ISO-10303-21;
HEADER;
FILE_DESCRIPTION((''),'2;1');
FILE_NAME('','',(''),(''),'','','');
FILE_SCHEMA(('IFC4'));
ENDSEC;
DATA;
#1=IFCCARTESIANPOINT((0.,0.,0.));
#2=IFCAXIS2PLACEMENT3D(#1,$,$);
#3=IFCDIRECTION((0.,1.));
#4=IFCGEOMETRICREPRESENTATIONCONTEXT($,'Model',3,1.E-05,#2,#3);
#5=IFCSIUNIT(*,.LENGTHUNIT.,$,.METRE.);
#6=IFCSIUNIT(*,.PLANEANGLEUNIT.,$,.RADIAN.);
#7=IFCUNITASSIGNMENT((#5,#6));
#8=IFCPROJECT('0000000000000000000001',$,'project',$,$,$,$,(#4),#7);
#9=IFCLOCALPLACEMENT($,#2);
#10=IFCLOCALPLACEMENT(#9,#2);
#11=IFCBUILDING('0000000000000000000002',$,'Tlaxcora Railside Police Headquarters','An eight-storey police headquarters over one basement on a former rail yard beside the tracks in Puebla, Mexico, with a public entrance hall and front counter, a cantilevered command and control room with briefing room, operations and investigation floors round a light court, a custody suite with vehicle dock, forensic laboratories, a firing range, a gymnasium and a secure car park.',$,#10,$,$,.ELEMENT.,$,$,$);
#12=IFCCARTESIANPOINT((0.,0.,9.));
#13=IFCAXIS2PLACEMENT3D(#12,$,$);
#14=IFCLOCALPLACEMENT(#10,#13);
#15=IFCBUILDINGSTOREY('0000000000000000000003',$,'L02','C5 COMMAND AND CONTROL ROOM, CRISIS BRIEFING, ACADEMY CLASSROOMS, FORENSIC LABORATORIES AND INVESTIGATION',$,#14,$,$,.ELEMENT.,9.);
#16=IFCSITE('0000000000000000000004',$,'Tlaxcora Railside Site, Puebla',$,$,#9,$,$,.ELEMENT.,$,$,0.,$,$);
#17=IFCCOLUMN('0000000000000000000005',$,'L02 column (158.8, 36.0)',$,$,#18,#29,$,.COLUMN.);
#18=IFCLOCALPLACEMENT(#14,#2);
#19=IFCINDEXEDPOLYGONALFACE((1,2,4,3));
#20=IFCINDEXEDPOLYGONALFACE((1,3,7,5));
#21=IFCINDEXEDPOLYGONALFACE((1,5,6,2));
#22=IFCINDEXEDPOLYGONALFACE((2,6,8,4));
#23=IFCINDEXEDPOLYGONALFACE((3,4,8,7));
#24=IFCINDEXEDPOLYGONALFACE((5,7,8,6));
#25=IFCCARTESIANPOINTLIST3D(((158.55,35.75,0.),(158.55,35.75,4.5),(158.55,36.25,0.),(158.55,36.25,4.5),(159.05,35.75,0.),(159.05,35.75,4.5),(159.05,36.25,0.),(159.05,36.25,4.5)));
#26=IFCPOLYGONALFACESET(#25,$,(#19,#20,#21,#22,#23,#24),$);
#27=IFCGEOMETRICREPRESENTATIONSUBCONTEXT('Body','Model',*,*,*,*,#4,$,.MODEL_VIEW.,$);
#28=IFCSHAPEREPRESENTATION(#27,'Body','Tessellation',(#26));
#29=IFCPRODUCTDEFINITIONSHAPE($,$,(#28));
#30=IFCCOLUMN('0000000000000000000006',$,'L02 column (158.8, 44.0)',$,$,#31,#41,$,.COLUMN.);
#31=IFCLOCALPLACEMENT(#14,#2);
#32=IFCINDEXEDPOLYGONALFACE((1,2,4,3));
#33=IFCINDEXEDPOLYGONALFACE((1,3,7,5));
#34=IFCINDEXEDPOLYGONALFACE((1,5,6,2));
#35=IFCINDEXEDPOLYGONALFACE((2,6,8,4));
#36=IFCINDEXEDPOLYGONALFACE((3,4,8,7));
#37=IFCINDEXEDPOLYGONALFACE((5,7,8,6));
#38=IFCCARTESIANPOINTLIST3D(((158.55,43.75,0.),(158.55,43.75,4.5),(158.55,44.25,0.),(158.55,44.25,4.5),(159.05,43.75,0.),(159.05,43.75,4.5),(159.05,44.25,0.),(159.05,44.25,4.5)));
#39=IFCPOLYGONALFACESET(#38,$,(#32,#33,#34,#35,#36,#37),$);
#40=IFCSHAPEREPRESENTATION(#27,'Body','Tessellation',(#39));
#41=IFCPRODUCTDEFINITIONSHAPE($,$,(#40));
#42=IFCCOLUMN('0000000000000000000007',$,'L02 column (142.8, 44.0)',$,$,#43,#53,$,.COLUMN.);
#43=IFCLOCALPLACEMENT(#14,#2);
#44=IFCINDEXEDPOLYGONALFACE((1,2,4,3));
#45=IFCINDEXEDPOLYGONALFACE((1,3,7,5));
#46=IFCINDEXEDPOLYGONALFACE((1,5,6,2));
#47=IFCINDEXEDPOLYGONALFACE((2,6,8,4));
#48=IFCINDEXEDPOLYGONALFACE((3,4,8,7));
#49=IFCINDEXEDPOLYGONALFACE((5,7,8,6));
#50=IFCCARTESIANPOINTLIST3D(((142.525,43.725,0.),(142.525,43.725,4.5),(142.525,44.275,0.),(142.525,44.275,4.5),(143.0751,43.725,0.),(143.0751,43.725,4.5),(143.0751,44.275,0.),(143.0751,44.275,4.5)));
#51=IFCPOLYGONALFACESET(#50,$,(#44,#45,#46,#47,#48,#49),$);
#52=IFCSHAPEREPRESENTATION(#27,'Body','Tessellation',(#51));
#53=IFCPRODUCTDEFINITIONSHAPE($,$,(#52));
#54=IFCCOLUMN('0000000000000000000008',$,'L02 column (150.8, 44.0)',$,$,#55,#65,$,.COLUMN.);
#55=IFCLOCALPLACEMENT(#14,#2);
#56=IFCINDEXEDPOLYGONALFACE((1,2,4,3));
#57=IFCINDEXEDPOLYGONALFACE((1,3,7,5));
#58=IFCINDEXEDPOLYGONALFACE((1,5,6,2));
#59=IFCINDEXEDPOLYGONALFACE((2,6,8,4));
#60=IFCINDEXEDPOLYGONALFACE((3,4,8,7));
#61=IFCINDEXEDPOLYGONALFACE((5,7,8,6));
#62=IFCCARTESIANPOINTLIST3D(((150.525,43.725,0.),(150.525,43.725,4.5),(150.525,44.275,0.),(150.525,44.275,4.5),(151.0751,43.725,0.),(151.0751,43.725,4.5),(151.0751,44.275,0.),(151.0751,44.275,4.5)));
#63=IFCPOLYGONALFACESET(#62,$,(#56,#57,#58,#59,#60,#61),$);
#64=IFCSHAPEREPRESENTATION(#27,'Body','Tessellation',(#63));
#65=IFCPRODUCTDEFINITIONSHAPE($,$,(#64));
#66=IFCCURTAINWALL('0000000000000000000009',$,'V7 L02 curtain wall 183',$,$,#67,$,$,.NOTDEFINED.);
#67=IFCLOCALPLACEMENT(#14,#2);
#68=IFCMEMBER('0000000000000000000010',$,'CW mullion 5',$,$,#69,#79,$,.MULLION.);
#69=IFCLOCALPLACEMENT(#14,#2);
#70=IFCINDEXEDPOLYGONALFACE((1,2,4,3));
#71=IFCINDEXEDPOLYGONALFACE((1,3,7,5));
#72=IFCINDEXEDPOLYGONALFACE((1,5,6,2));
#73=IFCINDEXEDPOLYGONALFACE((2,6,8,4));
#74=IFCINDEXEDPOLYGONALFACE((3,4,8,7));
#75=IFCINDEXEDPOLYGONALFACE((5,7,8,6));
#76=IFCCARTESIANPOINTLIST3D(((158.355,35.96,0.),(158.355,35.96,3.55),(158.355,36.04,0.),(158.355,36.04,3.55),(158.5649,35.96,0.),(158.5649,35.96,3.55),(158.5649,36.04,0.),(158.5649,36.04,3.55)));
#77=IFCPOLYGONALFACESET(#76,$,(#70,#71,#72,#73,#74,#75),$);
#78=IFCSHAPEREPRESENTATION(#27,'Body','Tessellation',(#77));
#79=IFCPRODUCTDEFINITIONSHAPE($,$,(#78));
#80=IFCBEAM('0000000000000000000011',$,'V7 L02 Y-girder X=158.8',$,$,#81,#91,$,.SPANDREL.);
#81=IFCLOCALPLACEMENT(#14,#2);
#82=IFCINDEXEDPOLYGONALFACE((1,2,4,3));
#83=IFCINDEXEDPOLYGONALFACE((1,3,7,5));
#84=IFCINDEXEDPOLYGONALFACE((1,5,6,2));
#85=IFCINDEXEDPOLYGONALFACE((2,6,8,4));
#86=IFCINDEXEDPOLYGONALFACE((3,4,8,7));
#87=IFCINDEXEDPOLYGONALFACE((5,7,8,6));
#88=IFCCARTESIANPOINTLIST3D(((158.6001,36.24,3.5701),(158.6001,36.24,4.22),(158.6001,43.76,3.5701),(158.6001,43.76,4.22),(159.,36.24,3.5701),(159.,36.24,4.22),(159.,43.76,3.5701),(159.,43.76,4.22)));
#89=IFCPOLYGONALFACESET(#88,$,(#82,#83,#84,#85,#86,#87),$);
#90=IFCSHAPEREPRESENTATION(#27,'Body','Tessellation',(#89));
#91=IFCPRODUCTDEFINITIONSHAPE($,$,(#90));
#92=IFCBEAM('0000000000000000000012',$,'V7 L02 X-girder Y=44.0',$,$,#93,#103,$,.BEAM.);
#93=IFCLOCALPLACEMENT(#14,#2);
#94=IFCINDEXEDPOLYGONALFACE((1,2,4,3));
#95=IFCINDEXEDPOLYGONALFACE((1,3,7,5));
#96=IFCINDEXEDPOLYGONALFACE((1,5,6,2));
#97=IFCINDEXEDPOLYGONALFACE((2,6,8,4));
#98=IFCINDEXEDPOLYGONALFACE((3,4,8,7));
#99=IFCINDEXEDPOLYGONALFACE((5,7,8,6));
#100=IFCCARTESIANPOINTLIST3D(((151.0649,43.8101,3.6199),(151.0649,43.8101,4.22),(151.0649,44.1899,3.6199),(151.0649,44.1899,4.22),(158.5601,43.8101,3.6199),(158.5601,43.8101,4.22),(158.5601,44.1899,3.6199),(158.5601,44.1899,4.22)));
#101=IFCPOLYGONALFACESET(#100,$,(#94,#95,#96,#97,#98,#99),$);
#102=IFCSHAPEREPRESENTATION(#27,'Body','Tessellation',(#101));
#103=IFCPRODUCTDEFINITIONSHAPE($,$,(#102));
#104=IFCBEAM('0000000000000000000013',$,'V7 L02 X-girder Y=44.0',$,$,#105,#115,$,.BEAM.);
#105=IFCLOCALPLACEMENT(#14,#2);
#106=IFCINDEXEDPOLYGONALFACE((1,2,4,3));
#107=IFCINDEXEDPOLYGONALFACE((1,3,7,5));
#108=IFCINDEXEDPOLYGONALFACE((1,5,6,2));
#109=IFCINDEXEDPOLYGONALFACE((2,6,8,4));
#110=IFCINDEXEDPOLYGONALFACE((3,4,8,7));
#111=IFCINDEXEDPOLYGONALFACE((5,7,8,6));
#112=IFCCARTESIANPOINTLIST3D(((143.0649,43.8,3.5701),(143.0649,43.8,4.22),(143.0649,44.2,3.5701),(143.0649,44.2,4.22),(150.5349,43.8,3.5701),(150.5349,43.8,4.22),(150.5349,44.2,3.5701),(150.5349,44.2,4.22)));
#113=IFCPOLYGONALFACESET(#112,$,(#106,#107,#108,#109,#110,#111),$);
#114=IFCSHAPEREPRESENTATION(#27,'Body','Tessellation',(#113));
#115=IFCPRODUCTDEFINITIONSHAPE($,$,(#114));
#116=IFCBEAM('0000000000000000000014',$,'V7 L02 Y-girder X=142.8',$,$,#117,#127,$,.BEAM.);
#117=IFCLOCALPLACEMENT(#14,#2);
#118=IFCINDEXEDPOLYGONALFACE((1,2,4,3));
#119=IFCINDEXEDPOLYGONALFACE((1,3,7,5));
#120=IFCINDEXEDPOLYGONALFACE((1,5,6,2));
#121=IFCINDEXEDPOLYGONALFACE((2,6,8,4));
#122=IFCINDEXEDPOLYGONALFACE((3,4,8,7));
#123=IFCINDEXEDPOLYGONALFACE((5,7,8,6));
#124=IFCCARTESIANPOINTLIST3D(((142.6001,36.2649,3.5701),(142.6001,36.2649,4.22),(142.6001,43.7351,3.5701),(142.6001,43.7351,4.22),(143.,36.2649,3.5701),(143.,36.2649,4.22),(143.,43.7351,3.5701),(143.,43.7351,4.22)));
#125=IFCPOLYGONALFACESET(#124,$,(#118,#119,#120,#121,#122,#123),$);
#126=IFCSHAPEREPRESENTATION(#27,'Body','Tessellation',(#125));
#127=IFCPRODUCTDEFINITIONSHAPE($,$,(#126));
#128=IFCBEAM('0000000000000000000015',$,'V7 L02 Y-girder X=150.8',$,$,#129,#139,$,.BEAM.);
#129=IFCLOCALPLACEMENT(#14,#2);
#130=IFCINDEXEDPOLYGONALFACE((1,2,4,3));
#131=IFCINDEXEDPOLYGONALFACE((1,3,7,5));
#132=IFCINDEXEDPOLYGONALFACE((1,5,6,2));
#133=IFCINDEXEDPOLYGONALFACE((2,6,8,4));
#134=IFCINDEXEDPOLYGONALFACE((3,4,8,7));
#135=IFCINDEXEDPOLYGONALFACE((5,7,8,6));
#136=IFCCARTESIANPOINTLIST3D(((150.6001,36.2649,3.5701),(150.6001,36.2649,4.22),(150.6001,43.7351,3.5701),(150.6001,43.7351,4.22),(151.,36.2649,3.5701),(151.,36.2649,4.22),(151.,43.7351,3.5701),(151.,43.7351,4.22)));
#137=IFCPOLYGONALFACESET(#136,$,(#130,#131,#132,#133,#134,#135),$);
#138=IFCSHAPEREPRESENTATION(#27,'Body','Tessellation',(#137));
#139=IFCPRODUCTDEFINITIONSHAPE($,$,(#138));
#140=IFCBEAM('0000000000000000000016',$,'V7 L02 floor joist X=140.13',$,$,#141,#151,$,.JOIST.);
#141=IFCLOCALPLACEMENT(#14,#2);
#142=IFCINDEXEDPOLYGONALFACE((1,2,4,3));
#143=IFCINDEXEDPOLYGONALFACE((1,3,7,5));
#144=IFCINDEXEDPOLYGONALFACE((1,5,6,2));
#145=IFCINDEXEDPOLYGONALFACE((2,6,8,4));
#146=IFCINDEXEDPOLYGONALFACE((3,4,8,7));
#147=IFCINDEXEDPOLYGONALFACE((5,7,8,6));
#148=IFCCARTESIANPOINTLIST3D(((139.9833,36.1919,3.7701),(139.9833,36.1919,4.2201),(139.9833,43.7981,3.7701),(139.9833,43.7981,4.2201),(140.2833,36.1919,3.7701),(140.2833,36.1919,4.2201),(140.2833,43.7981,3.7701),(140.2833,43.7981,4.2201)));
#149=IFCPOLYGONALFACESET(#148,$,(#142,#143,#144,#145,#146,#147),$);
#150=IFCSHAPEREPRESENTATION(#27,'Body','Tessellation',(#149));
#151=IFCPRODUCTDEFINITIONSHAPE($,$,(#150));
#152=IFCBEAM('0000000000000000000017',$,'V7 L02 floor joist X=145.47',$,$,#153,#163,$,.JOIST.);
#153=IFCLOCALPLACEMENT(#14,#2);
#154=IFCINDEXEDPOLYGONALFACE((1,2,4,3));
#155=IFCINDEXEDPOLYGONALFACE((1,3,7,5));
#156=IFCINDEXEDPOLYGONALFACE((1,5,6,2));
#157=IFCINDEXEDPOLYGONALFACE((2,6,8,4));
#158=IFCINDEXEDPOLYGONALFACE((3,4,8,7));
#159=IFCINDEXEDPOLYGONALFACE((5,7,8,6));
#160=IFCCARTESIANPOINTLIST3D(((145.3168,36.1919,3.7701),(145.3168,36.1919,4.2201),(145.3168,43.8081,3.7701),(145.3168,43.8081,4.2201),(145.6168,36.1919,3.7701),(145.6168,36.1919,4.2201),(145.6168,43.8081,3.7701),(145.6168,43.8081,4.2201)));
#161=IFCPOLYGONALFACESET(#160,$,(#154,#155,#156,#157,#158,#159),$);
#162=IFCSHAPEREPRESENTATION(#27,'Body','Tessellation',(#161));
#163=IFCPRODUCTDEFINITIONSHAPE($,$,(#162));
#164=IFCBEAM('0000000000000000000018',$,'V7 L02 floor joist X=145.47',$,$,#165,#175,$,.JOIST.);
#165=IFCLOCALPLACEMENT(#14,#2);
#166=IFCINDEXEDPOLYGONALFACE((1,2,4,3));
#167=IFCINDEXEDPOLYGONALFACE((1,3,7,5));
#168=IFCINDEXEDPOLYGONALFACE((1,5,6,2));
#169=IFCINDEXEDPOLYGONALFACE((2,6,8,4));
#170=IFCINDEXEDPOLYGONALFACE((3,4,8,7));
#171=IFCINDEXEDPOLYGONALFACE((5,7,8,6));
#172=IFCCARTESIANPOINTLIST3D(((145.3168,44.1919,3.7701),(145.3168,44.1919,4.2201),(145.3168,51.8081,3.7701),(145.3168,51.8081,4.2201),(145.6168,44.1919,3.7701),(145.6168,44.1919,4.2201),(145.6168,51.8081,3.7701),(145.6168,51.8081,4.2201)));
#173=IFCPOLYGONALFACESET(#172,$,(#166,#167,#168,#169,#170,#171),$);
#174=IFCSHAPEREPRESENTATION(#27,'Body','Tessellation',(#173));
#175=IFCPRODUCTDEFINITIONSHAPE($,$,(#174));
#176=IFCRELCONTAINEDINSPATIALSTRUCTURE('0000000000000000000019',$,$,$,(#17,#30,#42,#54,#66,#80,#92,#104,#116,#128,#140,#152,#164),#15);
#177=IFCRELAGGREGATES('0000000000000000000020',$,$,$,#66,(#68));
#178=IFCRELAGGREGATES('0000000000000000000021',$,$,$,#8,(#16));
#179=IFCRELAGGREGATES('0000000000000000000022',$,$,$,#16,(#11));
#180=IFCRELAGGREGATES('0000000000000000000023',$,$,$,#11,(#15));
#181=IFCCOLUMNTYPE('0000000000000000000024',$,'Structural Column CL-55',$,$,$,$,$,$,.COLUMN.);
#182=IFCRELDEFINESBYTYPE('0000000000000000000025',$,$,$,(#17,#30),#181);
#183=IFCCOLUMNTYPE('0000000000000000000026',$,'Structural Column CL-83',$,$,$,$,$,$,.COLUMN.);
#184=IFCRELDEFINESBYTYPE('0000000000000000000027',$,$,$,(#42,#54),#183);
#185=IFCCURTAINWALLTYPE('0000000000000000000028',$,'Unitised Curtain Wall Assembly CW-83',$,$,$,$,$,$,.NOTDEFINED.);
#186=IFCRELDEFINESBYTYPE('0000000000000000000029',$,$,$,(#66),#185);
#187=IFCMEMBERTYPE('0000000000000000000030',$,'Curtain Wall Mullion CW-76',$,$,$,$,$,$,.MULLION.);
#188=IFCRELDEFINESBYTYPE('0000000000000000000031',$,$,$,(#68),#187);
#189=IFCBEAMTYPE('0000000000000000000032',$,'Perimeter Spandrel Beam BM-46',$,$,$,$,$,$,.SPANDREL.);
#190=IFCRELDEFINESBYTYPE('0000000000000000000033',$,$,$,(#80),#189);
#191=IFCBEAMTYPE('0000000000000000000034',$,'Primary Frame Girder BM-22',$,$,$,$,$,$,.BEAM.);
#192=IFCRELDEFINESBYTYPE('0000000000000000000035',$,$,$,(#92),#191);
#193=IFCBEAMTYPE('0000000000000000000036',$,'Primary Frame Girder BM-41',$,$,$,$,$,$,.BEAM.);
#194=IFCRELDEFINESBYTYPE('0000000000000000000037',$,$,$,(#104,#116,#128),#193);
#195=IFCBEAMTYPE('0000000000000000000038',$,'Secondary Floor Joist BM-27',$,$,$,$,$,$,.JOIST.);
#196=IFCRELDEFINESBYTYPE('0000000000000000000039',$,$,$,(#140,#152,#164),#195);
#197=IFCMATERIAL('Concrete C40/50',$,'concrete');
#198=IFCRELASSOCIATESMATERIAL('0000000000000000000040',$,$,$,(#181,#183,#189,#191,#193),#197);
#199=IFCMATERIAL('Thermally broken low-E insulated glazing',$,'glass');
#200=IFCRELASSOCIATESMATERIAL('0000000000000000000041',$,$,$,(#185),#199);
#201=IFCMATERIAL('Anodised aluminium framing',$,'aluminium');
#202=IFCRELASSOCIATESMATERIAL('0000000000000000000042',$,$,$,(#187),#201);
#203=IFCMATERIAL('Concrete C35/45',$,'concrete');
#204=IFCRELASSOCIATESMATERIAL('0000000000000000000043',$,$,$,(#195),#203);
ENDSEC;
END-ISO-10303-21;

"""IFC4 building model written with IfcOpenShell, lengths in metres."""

from ifc_helpers import new_model, si_unit, direction, frame, origin, origin_2d, place, context, subcontext, project, spatial, rectangle, extrude, material, material_profile, profile_set, type_object, element, aggregate, save


model = new_model("IFC4")

# Units and contexts
model_context = context("Model", 3, precision=1e-05, world=origin(), true_north=direction((0.0, 1.0)))
body_context = subcontext(model_context, "Body", "Model", "MODEL_VIEW")
ifc_project = project(units=[si_unit("LENGTHUNIT", "METRE"), si_unit("PLANEANGLEUNIT", "RADIAN")], contexts=[model_context])

# Site, building, storey
site_placement = place(None, origin())
site = spatial("IfcSite", under=ifc_project, at=site_placement, Name="Tlaxcora Railside Site, Puebla", CompositionType="ELEMENT", RefElevation=0.0)
building_placement = place(site_placement, origin())
building = spatial("IfcBuilding", under=site, at=building_placement, Name="Tlaxcora Railside Police Headquarters", Description="An eight-storey police headquarters over one basement on a former rail yard beside the tracks in Puebla, Mexico, with a public entrance hall and front counter, a cantilevered command and control room with briefing room, operations and investigation floors round a light court, a custody suite with vehicle dock, forensic laboratories, a firing range, a gymnasium and a secure car park.", CompositionType="ELEMENT")
storey_placement = place(building_placement, frame((0.0, 0.0, 9.0)))
storey = spatial("IfcBuildingStorey", under=building, at=storey_placement, Name="L02", Description="C5 COMMAND AND CONTROL ROOM, CRISIS BRIEFING, ACADEMY CLASSROOMS, FORENSIC LABORATORIES AND INVESTIGATION", CompositionType="ELEMENT", Elevation=9.0)

# Columns
ifc_material_1 = material(Name="Concrete C40/50", Category="concrete")
ifc_material_profile_1 = material_profile(ifc_material_1, rectangle(XDim=0.5, YDim=0.5, at=origin_2d()), Name="RC500X500")
ifc_profile_set_1 = profile_set([ifc_material_profile_1], Name="Concrete C40/50")
column_type_1 = type_object("IfcColumnType", Name="Structural Column CL-55", PredefinedType="COLUMN", material=ifc_profile_set_1)
for number, where, z_axis, x_axis, name in (
    (1, (158.8, 36.0, 0.0), (0.0, 0.0, 1.0), (1.0, 0.0, 0.0), "L02 column (158.8, 36.0)"),
    (2, (158.8, 44.0, 0.0), (0.0, 0.0, 1.0), (1.0, 0.0, 0.0), "L02 column (158.8, 44.0)"),
):
    element("IfcColumn", number, at=place(storey_placement, frame(where, z_axis=z_axis, x_axis=x_axis)), inside=storey, type_object=column_type_1, Name=name, PredefinedType="COLUMN", context=body_context, shape_type="SweptSolid", body=[
        extrude(rectangle(XDim=0.5, YDim=0.5, at=origin_2d()), origin(), (0.0, 0.0, 1.0), 4.5),
    ])
ifc_material_profile_2 = material_profile(ifc_material_1, rectangle(XDim=0.55, YDim=0.55, at=origin_2d()), Name="RC550X550")
ifc_profile_set_2 = profile_set([ifc_material_profile_2], Name="Concrete C40/50")
column_type_2 = type_object("IfcColumnType", Name="Structural Column CL-83", PredefinedType="COLUMN", material=ifc_profile_set_2)
for number, where, z_axis, x_axis, name in (
    (3, (142.8, 44.0, 0.0), (0.0, 0.0, 1.0), (1.0, 0.0, 0.0), "L02 column (142.8, 44.0)"),
    (4, (150.8, 44.0, 0.0), (0.0, 0.0, 1.0), (1.0, 0.0, 0.0), "L02 column (150.8, 44.0)"),
):
    element("IfcColumn", number, at=place(storey_placement, frame(where, z_axis=z_axis, x_axis=x_axis)), inside=storey, type_object=column_type_2, Name=name, PredefinedType="COLUMN", context=body_context, shape_type="SweptSolid", body=[
        extrude(rectangle(XDim=0.55, YDim=0.55, at=origin_2d()), origin(), (0.0, 0.0, 1.0), 4.5),
    ])

# Curtain wall, member
ifc_material_2 = material(Name="Thermally broken low-E insulated glazing", Category="glass")
curtain_wall_type = type_object("IfcCurtainWallType", Name="Unitised Curtain Wall Assembly CW-83", PredefinedType="NOTDEFINED", material=ifc_material_2)
curtain_wall_placement = place(storey_placement, origin())
curtain_wall = element("IfcCurtainWall", 5, at=curtain_wall_placement, inside=storey, type_object=curtain_wall_type, Name="V7 L02 curtain wall 183", PredefinedType="NOTDEFINED")
ifc_material_3 = material(Name="Anodised aluminium framing", Category="aluminium")
ifc_material_profile_3 = material_profile(ifc_material_3, rectangle(XDim=0.0801, YDim=0.21, at=origin_2d()), Name="AL80X210")
ifc_profile_set_3 = profile_set([ifc_material_profile_3], Name="Anodised aluminium framing")
member_type = type_object("IfcMemberType", Name="Curtain Wall Mullion CW-76", PredefinedType="MULLION", material=ifc_profile_set_3)
member_placement = place(storey_placement, frame((158.46, 36.0, 0.0), z_axis=(0.0, 0.0, 1.0), x_axis=(0.0, 1.0, 0.0)))
member = element("IfcMember", 6, at=member_placement, type_object=member_type, Name="CW mullion 5", PredefinedType="MULLION", context=body_context, shape_type="SweptSolid", body=[
    extrude(rectangle(XDim=0.0801, YDim=0.21, at=origin_2d()), origin(), (0.0, 0.0, 1.0), 3.55),
])

# Beams
ifc_material_profile_4 = material_profile(ifc_material_1, rectangle(XDim=0.3999, YDim=0.6499, at=origin_2d()), Name="RC400X650")
ifc_profile_set_4 = profile_set([ifc_material_profile_4], Name="Concrete C40/50")
beam_type_1 = type_object("IfcBeamType", Name="Perimeter Spandrel Beam BM-46", PredefinedType="SPANDREL", material=ifc_profile_set_4)
beam_1_placement = place(storey_placement, frame((158.8, 36.24, 3.895), z_axis=(0.0, 1.0, 0.0), x_axis=(-1.0, 0.0, 0.0)))
element("IfcBeam", 7, at=beam_1_placement, inside=storey, type_object=beam_type_1, Name="V7 L02 Y-girder X=158.8", PredefinedType="SPANDREL", context=body_context, shape_type="SweptSolid", body=[
    extrude(rectangle(XDim=0.3999, YDim=0.6499, at=origin_2d()), origin(), (0.0, 0.0, 1.0), 7.52),
])
ifc_material_profile_5 = material_profile(ifc_material_1, rectangle(XDim=0.3799, YDim=0.6001, at=origin_2d()), Name="RC380X600")
ifc_profile_set_5 = profile_set([ifc_material_profile_5], Name="Concrete C40/50")
beam_type_2 = type_object("IfcBeamType", Name="Primary Frame Girder BM-22", PredefinedType="BEAM", material=ifc_profile_set_5)
beam_2_placement = place(storey_placement, frame((151.0649, 44.0, 3.9199), z_axis=(1.0, 0.0, 0.0), x_axis=(0.0, 1.0, 0.0)))
element("IfcBeam", 8, at=beam_2_placement, inside=storey, type_object=beam_type_2, Name="V7 L02 X-girder Y=44.0", PredefinedType="BEAM", context=body_context, shape_type="SweptSolid", body=[
    extrude(rectangle(XDim=0.3799, YDim=0.6001, at=origin_2d()), origin(), (0.0, 0.0, 1.0), 7.4951),
])
ifc_material_profile_6 = material_profile(ifc_material_1, rectangle(XDim=0.3999, YDim=0.6499, at=origin_2d()), Name="RC400X650")
ifc_profile_set_6 = profile_set([ifc_material_profile_6], Name="Concrete C40/50")
beam_type_3 = type_object("IfcBeamType", Name="Primary Frame Girder BM-41", PredefinedType="BEAM", material=ifc_profile_set_6)
beam_3_placement = place(storey_placement, frame((143.0649, 44.0, 3.895), z_axis=(1.0, 0.0, 0.0), x_axis=(0.0, 1.0, 0.0)))
element("IfcBeam", 9, at=beam_3_placement, inside=storey, type_object=beam_type_3, Name="V7 L02 X-girder Y=44.0", PredefinedType="BEAM", context=body_context, shape_type="SweptSolid", body=[
    extrude(rectangle(XDim=0.3999, YDim=0.6499, at=origin_2d()), origin(), (0.0, 0.0, 1.0), 7.47),
])
for number, where, z_axis, x_axis, name in (
    (10, (142.8, 36.2649, 3.895), (0.0, 1.0, 0.0), (-1.0, 0.0, 0.0), "V7 L02 Y-girder X=142.8"),
    (11, (150.8, 36.2649, 3.895), (0.0, 1.0, 0.0), (-1.0, 0.0, 0.0), "V7 L02 Y-girder X=150.8"),
):
    element("IfcBeam", number, at=place(storey_placement, frame(where, z_axis=z_axis, x_axis=x_axis)), inside=storey, type_object=beam_type_3, Name=name, PredefinedType="BEAM", context=body_context, shape_type="SweptSolid", body=[
        extrude(rectangle(XDim=0.3999, YDim=0.6499, at=origin_2d()), origin(), (0.0, 0.0, 1.0), 7.4702),
    ])
ifc_material_4 = material(Name="Concrete C35/45", Category="concrete")
ifc_material_profile_7 = material_profile(ifc_material_4, rectangle(XDim=0.3, YDim=0.45, at=origin_2d()), Name="RC300X450")
ifc_profile_set_7 = profile_set([ifc_material_profile_7], Name="Concrete C35/45")
beam_type_4 = type_object("IfcBeamType", Name="Secondary Floor Joist BM-27", PredefinedType="JOIST", material=ifc_profile_set_7)
beam_4_placement = place(storey_placement, frame((140.1333, 36.1919, 3.9951), z_axis=(0.0, 1.0, 0.0), x_axis=(-1.0, 0.0, 0.0)))
element("IfcBeam", 12, at=beam_4_placement, inside=storey, type_object=beam_type_4, Name="V7 L02 floor joist X=140.13", PredefinedType="JOIST", context=body_context, shape_type="SweptSolid", body=[
    extrude(rectangle(XDim=0.3, YDim=0.45, at=origin_2d()), origin(), (0.0, 0.0, 1.0), 7.6062),
])
for number, where, z_axis, x_axis, name in (
    (13, (145.4668, 36.1919, 3.9951), (0.0, 1.0, 0.0), (-1.0, 0.0, 0.0), "V7 L02 floor joist X=145.47"),
    (14, (145.4668, 44.1919, 3.9951), (0.0, 1.0, 0.0), (-1.0, 0.0, 0.0), "V7 L02 floor joist X=145.47"),
):
    element("IfcBeam", number, at=place(storey_placement, frame(where, z_axis=z_axis, x_axis=x_axis)), inside=storey, type_object=beam_type_4, Name=name, PredefinedType="JOIST", context=body_context, shape_type="SweptSolid", body=[
        extrude(rectangle(XDim=0.3, YDim=0.45, at=origin_2d()), origin(), (0.0, 0.0, 1.0), 7.6162),
    ])

aggregate(curtain_wall, [member])

save(model, "model.ifc")
